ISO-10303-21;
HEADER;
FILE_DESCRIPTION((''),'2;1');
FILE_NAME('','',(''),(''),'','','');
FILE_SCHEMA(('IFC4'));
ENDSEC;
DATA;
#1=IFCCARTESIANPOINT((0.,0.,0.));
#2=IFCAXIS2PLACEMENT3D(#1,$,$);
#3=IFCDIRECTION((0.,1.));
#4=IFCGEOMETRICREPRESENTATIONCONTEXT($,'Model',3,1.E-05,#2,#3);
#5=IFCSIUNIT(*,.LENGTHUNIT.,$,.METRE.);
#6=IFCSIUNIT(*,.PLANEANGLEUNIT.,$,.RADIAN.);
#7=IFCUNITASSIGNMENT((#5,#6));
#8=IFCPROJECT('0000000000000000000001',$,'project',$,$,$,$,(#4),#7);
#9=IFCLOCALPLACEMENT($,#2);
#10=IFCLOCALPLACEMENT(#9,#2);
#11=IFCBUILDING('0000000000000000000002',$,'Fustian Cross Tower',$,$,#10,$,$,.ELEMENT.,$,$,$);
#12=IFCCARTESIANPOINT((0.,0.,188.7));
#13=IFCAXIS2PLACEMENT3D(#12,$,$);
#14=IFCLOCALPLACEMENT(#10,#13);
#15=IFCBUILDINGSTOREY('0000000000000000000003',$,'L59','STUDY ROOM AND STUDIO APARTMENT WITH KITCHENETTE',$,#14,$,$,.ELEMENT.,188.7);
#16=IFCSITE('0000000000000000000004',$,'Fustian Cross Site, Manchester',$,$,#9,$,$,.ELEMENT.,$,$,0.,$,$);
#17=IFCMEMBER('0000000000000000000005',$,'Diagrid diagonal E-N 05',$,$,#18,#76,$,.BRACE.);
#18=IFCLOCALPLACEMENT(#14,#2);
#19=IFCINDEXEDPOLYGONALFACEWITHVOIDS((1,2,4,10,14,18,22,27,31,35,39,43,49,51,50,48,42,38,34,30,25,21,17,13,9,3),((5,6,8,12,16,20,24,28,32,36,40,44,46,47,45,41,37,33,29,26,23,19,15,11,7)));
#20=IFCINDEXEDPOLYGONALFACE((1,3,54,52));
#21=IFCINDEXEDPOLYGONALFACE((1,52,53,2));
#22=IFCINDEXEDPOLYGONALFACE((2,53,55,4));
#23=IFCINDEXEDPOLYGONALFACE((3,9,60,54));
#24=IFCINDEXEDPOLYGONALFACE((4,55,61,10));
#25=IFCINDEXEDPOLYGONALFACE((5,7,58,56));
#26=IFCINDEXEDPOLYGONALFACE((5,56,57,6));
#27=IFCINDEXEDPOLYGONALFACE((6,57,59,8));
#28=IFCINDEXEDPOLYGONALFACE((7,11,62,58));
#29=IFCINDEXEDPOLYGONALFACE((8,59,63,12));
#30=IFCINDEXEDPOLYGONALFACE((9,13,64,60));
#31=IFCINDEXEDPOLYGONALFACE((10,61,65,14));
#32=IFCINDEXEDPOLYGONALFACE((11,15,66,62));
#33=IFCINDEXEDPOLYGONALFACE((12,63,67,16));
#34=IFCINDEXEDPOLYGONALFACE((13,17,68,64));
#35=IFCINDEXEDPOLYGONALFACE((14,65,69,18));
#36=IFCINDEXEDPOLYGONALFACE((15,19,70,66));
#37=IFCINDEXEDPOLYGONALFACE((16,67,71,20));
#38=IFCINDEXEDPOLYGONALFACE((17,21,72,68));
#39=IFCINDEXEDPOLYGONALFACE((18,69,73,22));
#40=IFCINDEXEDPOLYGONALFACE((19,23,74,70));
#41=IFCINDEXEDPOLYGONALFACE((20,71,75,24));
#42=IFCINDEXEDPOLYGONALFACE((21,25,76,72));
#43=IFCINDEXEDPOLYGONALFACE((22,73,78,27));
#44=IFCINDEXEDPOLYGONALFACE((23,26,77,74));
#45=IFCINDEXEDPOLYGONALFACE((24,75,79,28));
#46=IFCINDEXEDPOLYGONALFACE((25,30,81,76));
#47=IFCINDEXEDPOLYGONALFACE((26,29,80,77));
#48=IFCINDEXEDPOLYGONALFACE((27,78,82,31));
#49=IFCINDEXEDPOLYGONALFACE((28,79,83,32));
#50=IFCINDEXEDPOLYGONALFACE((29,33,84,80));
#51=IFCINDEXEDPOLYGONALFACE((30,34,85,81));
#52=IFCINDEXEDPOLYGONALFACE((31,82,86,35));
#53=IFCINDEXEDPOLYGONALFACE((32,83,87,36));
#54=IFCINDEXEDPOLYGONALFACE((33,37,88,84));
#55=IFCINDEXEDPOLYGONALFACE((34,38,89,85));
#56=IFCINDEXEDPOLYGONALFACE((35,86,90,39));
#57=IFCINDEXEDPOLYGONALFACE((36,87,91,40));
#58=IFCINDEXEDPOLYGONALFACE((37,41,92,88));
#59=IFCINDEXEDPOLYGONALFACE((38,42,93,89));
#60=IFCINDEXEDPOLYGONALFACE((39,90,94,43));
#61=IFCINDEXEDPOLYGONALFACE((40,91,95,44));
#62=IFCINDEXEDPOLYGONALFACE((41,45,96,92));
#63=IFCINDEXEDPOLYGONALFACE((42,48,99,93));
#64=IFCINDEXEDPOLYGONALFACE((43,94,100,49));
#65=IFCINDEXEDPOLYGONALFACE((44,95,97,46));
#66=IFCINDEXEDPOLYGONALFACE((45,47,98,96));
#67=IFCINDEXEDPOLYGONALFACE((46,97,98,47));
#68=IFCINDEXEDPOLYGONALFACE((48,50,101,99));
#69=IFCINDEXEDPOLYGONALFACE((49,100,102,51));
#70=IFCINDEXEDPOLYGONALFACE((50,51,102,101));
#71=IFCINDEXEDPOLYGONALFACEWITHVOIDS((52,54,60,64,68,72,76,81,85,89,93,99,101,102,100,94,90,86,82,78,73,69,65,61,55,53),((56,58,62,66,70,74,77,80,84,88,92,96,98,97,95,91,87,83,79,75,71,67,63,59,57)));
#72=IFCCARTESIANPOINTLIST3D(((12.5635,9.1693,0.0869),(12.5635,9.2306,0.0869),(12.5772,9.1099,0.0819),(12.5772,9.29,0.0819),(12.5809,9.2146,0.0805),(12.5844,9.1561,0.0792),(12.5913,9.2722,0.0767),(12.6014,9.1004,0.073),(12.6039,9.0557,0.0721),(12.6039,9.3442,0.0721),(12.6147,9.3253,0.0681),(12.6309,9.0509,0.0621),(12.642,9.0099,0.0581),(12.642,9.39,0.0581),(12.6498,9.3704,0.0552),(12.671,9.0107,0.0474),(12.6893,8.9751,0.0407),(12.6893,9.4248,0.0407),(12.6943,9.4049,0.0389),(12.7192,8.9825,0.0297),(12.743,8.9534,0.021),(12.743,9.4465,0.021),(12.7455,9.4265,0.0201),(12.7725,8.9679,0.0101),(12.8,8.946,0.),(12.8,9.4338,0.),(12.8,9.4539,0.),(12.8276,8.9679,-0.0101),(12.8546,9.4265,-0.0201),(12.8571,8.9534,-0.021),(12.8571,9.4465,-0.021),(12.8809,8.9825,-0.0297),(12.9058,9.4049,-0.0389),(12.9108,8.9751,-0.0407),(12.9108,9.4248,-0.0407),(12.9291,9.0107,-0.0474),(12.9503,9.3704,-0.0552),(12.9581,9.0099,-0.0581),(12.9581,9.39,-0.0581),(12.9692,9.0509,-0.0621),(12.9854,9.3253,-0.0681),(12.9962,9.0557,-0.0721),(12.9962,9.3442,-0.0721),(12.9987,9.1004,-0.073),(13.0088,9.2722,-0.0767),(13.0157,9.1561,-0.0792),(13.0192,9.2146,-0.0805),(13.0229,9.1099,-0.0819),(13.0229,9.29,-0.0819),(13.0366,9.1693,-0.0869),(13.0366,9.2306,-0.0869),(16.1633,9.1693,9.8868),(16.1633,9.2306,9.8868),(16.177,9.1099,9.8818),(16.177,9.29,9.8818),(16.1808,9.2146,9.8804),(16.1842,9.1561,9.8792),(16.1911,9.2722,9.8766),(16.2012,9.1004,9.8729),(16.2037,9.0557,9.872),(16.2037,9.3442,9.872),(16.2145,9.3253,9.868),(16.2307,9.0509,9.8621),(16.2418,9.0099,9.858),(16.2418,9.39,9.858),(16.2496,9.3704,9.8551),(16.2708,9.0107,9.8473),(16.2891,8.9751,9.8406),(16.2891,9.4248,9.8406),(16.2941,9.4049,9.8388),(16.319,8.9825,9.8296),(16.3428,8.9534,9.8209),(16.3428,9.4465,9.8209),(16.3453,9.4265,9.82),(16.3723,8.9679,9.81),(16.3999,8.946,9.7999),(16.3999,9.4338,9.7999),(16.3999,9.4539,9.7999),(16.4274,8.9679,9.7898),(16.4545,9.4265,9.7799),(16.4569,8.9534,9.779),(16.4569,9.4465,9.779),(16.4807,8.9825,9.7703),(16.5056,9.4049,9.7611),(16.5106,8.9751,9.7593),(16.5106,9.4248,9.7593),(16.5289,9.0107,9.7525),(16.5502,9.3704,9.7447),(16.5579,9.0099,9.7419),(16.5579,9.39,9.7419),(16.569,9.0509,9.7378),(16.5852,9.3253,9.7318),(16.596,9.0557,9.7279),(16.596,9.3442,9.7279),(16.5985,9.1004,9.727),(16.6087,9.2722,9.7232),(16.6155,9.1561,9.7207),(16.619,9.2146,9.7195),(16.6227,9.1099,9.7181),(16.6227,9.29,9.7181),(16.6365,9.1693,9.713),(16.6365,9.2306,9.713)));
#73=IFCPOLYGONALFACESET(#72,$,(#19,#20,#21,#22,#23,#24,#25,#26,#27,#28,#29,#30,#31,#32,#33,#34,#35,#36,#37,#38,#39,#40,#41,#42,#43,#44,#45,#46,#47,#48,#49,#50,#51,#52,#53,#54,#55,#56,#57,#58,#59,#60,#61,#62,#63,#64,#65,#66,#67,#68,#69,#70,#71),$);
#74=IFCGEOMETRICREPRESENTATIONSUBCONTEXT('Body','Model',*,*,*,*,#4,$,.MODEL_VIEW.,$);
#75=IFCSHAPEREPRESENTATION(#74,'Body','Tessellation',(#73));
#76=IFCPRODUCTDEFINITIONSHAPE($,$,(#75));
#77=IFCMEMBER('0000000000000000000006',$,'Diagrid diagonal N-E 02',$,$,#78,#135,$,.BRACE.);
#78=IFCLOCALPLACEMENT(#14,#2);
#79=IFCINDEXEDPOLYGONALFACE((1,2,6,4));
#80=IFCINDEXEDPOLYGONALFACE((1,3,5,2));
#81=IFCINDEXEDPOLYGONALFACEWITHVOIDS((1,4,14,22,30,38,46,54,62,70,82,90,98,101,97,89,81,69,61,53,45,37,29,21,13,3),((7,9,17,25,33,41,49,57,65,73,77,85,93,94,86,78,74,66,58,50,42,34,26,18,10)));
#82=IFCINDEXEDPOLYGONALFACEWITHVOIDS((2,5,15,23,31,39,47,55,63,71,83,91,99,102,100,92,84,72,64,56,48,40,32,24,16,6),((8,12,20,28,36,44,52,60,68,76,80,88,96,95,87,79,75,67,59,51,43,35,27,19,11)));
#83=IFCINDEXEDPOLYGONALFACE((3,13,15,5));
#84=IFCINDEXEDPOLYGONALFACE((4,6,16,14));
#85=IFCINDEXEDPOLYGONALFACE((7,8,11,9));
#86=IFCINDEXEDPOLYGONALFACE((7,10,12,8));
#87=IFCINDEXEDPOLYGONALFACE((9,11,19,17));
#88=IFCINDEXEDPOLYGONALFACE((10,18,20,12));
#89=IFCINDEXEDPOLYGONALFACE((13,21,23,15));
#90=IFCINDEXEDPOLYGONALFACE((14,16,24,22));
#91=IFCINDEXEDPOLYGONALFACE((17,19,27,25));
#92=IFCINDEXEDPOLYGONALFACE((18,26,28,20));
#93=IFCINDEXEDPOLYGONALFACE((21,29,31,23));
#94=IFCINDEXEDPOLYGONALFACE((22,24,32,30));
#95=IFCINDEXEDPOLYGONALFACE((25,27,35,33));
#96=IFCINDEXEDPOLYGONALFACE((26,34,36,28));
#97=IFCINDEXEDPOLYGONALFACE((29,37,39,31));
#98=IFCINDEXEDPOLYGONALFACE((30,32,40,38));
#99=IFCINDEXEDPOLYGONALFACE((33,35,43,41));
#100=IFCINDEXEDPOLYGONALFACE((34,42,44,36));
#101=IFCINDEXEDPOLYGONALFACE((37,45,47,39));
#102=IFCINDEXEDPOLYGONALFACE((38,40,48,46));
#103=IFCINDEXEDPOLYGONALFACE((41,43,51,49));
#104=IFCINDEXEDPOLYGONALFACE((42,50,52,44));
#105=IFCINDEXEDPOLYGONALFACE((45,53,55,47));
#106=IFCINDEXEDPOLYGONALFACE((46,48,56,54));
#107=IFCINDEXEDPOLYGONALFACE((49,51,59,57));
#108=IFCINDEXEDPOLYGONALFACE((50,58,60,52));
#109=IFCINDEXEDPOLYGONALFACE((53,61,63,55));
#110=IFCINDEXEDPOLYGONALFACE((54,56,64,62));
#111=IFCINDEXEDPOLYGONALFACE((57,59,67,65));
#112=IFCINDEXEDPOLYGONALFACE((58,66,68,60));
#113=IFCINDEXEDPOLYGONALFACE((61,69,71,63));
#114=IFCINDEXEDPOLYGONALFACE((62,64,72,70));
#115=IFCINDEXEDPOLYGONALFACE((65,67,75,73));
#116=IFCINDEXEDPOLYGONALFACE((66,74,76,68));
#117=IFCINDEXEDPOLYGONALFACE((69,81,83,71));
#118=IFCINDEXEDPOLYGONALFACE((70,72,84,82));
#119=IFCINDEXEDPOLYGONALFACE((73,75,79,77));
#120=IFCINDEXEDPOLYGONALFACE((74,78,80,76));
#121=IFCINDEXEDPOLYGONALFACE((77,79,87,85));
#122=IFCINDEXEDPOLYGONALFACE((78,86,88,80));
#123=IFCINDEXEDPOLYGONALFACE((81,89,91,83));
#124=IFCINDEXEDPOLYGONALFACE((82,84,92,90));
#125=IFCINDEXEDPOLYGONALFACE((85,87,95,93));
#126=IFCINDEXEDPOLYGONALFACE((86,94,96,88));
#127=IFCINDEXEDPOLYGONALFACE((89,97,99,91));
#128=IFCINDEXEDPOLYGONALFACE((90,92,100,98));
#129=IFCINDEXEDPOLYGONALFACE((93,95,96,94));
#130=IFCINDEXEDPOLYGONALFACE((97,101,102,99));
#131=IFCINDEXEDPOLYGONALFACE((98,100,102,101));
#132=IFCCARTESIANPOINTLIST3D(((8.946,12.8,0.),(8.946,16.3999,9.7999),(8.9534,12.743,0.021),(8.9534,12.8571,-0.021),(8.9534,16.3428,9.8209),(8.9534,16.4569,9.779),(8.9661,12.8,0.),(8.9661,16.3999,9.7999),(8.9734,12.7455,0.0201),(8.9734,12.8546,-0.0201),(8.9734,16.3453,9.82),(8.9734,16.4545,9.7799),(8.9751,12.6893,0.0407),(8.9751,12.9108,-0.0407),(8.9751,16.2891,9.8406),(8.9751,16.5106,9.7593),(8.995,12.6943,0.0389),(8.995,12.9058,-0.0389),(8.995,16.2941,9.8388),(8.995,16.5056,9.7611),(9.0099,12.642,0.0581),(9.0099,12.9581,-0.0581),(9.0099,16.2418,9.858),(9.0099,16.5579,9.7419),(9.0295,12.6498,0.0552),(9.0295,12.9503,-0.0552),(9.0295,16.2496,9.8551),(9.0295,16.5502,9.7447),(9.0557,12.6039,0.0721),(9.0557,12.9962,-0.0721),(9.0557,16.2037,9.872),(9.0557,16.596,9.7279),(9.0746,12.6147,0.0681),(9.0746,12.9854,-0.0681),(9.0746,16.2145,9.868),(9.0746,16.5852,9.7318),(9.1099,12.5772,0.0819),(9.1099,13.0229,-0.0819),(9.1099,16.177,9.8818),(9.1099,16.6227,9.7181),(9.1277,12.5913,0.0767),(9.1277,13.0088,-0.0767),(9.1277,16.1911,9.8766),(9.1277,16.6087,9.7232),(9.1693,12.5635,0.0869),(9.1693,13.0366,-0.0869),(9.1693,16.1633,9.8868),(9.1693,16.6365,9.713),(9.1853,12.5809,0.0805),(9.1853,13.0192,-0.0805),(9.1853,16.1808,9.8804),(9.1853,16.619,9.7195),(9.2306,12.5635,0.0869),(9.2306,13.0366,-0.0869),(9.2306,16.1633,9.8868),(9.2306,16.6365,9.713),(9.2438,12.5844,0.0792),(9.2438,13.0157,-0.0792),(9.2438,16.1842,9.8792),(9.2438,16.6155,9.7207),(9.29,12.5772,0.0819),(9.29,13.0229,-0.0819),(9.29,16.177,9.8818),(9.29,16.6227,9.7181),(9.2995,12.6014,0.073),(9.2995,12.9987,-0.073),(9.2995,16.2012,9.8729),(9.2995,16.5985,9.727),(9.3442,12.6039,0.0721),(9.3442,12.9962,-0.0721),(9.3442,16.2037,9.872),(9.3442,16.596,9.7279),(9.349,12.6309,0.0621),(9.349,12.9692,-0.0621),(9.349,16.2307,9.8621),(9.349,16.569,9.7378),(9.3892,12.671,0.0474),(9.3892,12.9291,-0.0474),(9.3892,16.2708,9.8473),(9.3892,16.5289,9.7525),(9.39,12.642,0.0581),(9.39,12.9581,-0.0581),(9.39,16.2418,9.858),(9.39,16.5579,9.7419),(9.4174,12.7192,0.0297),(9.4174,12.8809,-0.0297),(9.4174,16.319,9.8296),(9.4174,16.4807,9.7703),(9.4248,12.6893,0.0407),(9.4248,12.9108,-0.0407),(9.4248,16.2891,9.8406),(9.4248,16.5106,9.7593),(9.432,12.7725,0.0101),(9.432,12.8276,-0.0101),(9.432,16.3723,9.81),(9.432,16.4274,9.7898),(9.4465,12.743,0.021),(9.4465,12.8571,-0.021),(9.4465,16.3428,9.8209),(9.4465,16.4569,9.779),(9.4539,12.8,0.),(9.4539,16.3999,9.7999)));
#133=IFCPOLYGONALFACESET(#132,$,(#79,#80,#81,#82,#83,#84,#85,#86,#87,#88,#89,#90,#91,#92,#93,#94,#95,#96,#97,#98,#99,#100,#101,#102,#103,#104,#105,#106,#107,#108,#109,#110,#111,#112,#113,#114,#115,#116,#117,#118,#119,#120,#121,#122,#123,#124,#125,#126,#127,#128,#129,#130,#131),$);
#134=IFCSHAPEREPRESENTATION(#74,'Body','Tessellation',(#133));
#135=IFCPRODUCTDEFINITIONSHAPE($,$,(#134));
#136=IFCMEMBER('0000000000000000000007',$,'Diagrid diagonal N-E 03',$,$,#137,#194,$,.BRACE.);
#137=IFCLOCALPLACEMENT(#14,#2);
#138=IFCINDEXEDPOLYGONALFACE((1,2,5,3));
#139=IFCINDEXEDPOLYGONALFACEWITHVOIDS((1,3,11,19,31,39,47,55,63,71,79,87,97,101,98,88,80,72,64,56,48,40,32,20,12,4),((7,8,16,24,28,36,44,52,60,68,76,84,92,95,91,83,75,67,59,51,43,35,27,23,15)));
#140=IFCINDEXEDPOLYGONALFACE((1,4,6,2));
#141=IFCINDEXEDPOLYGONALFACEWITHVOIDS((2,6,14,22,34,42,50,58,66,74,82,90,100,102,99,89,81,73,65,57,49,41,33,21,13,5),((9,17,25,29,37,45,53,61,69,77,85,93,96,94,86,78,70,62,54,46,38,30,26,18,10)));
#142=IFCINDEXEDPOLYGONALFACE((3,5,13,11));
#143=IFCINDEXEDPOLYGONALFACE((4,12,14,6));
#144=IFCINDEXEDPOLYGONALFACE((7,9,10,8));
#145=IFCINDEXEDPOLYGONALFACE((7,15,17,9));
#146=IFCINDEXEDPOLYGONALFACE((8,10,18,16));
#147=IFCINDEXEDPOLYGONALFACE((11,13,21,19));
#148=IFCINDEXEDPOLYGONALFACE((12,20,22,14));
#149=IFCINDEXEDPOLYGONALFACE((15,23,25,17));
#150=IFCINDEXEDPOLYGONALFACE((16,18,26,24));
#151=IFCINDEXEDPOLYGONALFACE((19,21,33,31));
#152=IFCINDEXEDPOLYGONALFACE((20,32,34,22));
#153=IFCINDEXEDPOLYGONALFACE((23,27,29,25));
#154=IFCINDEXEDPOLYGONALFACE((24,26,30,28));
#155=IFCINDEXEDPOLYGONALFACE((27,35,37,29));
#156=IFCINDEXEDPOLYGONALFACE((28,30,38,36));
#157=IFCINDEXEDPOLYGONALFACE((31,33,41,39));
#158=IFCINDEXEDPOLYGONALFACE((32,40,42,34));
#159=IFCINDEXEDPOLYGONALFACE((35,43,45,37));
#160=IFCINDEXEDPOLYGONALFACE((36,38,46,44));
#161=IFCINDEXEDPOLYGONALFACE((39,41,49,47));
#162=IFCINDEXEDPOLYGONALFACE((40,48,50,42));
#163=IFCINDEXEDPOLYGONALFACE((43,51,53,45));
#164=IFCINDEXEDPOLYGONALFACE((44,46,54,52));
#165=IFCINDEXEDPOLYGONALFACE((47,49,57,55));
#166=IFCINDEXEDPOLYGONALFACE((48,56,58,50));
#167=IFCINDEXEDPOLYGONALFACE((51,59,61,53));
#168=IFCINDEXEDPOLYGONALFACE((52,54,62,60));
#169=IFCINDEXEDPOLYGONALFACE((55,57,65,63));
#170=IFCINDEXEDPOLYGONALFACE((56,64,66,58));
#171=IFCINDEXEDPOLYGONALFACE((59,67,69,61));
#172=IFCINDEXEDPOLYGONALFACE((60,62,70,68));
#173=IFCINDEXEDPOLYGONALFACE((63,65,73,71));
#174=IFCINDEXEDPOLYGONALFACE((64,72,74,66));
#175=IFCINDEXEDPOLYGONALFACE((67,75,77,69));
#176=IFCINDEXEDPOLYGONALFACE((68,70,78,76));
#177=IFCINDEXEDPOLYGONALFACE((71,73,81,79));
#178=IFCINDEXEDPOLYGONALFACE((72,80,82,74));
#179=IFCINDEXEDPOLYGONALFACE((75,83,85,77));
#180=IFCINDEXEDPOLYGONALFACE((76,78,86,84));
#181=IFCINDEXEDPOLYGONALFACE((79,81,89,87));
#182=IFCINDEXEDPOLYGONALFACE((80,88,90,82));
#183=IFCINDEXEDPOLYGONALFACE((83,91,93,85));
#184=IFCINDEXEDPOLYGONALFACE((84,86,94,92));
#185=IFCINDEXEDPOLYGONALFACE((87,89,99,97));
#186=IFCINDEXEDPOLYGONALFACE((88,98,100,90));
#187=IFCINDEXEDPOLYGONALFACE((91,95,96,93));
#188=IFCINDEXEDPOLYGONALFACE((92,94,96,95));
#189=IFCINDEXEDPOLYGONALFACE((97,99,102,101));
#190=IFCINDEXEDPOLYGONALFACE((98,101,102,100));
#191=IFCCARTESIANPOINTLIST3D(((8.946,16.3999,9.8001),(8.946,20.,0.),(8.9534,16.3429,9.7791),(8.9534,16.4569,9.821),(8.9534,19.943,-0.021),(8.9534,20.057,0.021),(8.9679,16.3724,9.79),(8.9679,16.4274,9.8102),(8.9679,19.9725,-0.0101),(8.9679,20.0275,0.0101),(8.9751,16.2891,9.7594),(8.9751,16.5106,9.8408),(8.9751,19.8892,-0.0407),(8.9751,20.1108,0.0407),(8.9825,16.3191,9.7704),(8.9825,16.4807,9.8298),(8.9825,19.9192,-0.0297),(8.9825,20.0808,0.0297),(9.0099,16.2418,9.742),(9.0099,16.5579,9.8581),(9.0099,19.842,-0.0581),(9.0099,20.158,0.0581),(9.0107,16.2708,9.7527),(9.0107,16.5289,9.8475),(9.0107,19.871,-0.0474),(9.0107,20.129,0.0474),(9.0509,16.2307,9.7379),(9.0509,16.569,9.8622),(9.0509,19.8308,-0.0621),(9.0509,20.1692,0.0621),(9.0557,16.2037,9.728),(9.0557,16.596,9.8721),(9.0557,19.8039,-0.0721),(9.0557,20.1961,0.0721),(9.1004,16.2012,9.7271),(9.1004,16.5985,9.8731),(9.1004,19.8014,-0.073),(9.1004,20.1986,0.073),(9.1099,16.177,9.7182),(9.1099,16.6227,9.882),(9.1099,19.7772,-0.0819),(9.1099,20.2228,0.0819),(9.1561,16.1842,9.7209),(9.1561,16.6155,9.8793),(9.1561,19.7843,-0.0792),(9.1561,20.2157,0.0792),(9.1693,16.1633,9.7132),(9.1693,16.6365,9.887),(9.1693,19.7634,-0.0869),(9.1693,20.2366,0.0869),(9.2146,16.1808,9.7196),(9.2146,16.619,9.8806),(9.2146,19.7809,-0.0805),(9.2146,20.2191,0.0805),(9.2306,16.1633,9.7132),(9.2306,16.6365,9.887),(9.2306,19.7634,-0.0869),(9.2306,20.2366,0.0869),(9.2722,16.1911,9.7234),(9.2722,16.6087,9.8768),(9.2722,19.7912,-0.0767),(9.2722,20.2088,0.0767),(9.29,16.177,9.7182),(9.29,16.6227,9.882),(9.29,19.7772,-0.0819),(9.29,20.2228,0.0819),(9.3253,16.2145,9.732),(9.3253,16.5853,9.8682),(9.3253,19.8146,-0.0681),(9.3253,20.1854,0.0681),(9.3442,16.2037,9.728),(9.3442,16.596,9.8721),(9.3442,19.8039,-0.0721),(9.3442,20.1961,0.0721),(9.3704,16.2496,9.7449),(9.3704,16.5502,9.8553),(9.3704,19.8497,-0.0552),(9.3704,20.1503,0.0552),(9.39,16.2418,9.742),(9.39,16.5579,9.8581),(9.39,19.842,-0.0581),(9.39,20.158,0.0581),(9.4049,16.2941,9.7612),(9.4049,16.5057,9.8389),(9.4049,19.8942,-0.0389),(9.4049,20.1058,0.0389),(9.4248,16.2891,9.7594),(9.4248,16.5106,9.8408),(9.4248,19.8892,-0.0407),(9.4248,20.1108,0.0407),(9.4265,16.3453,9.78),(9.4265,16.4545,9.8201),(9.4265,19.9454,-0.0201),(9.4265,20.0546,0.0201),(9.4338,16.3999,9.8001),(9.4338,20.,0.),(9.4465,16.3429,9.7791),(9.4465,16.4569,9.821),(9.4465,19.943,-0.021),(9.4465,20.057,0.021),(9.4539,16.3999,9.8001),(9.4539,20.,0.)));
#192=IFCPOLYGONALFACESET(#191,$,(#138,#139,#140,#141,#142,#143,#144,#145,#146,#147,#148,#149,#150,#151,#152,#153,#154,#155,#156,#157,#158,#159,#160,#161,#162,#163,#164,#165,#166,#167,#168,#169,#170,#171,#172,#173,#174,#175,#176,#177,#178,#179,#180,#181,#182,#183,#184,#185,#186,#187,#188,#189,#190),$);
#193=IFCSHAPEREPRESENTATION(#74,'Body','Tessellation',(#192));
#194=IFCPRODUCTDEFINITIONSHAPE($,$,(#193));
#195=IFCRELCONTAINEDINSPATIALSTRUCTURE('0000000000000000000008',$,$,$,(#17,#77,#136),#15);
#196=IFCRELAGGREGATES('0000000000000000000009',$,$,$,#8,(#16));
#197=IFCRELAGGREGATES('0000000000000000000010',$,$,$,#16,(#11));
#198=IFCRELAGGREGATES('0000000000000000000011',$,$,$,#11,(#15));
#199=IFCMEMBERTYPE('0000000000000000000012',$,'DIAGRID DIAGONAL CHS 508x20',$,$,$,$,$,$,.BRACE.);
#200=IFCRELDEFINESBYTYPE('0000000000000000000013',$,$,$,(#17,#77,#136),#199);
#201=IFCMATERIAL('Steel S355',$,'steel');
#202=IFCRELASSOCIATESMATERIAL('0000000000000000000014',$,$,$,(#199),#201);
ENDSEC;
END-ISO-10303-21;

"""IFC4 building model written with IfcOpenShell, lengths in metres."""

from ifc_helpers import new_model, si_unit, direction, frame, origin, origin_2d, place, context, subcontext, project, spatial, hollow_circle, extrude, material, material_profile, profile_set, type_object, element, save


model = new_model("IFC4")

# Units and contexts
model_context = context("Model", 3, precision=1e-05, world=origin(), true_north=direction((0.0, 1.0)))
body_context = subcontext(model_context, "Body", "Model", "MODEL_VIEW")
ifc_project = project(units=[si_unit("LENGTHUNIT", "METRE"), si_unit("PLANEANGLEUNIT", "RADIAN")], contexts=[model_context])

# Site, building, storey
site_placement = place(None, origin())
site = spatial("IfcSite", under=ifc_project, at=site_placement, Name="Fustian Cross Site, Manchester", CompositionType="ELEMENT", RefElevation=0.0)
building_placement = place(site_placement, origin())
building = spatial("IfcBuilding", under=site, at=building_placement, Name="Fustian Cross Tower", CompositionType="ELEMENT")
storey_placement = place(building_placement, frame((0.0, 0.0, 188.7)))
storey = spatial("IfcBuildingStorey", under=building, at=storey_placement, Name="L59", Description="STUDY ROOM AND STUDIO APARTMENT WITH KITCHENETTE", CompositionType="ELEMENT", Elevation=188.7)

# Members
ifc_material_1 = material(Name="Steel S355", Category="steel")
ifc_material_profile_1 = material_profile(ifc_material_1, hollow_circle(Radius=0.2539, WallThickness=0.02, at=origin_2d()), Name="CHS 508x20")
ifc_profile_set_1 = profile_set([ifc_material_profile_1], Name="Steel S355")
member_type_1 = type_object("IfcMemberType", Name="DIAGRID DIAGONAL CHS 508x20", PredefinedType="BRACE", material=ifc_profile_set_1)
for number, where, z_axis, x_axis, name in (
    (1, (12.8, 9.2, 0.0), (0.344804, 0.0, 0.938675), (0.0, 1.0, 0.0), "Diagrid diagonal E-N 05"),
    (2, (9.2, 12.8, 0.0), (0.0, 0.344804, 0.938675), (-1.0, 0.0, 0.0), "Diagrid diagonal N-E 02"),
):
    element("IfcMember", number, at=place(storey_placement, frame(where, z_axis=z_axis, x_axis=x_axis)), inside=storey, type_object=member_type_1, Name=name, PredefinedType="BRACE", context=body_context, shape_type="SweptSolid", body=[
        extrude(hollow_circle(Radius=0.2539, WallThickness=0.02, at=origin_2d()), origin(), (0.0, 0.0, 1.0), 10.4402),
    ])
member_placement = place(storey_placement, frame((9.2, 20.0, 0.0), z_axis=(0.0, -0.344824, 0.938667), x_axis=(1.0, 0.0, 0.0)))
element("IfcMember", 3, at=member_placement, inside=storey, type_object=member_type_1, Name="Diagrid diagonal N-E 03", PredefinedType="BRACE", context=body_context, shape_type="SweptSolid", body=[
    extrude(hollow_circle(Radius=0.2539, WallThickness=0.02, at=origin_2d()), origin(), (0.0, 0.0, 1.0), 10.4404),
])

save(model, "model.ifc")
